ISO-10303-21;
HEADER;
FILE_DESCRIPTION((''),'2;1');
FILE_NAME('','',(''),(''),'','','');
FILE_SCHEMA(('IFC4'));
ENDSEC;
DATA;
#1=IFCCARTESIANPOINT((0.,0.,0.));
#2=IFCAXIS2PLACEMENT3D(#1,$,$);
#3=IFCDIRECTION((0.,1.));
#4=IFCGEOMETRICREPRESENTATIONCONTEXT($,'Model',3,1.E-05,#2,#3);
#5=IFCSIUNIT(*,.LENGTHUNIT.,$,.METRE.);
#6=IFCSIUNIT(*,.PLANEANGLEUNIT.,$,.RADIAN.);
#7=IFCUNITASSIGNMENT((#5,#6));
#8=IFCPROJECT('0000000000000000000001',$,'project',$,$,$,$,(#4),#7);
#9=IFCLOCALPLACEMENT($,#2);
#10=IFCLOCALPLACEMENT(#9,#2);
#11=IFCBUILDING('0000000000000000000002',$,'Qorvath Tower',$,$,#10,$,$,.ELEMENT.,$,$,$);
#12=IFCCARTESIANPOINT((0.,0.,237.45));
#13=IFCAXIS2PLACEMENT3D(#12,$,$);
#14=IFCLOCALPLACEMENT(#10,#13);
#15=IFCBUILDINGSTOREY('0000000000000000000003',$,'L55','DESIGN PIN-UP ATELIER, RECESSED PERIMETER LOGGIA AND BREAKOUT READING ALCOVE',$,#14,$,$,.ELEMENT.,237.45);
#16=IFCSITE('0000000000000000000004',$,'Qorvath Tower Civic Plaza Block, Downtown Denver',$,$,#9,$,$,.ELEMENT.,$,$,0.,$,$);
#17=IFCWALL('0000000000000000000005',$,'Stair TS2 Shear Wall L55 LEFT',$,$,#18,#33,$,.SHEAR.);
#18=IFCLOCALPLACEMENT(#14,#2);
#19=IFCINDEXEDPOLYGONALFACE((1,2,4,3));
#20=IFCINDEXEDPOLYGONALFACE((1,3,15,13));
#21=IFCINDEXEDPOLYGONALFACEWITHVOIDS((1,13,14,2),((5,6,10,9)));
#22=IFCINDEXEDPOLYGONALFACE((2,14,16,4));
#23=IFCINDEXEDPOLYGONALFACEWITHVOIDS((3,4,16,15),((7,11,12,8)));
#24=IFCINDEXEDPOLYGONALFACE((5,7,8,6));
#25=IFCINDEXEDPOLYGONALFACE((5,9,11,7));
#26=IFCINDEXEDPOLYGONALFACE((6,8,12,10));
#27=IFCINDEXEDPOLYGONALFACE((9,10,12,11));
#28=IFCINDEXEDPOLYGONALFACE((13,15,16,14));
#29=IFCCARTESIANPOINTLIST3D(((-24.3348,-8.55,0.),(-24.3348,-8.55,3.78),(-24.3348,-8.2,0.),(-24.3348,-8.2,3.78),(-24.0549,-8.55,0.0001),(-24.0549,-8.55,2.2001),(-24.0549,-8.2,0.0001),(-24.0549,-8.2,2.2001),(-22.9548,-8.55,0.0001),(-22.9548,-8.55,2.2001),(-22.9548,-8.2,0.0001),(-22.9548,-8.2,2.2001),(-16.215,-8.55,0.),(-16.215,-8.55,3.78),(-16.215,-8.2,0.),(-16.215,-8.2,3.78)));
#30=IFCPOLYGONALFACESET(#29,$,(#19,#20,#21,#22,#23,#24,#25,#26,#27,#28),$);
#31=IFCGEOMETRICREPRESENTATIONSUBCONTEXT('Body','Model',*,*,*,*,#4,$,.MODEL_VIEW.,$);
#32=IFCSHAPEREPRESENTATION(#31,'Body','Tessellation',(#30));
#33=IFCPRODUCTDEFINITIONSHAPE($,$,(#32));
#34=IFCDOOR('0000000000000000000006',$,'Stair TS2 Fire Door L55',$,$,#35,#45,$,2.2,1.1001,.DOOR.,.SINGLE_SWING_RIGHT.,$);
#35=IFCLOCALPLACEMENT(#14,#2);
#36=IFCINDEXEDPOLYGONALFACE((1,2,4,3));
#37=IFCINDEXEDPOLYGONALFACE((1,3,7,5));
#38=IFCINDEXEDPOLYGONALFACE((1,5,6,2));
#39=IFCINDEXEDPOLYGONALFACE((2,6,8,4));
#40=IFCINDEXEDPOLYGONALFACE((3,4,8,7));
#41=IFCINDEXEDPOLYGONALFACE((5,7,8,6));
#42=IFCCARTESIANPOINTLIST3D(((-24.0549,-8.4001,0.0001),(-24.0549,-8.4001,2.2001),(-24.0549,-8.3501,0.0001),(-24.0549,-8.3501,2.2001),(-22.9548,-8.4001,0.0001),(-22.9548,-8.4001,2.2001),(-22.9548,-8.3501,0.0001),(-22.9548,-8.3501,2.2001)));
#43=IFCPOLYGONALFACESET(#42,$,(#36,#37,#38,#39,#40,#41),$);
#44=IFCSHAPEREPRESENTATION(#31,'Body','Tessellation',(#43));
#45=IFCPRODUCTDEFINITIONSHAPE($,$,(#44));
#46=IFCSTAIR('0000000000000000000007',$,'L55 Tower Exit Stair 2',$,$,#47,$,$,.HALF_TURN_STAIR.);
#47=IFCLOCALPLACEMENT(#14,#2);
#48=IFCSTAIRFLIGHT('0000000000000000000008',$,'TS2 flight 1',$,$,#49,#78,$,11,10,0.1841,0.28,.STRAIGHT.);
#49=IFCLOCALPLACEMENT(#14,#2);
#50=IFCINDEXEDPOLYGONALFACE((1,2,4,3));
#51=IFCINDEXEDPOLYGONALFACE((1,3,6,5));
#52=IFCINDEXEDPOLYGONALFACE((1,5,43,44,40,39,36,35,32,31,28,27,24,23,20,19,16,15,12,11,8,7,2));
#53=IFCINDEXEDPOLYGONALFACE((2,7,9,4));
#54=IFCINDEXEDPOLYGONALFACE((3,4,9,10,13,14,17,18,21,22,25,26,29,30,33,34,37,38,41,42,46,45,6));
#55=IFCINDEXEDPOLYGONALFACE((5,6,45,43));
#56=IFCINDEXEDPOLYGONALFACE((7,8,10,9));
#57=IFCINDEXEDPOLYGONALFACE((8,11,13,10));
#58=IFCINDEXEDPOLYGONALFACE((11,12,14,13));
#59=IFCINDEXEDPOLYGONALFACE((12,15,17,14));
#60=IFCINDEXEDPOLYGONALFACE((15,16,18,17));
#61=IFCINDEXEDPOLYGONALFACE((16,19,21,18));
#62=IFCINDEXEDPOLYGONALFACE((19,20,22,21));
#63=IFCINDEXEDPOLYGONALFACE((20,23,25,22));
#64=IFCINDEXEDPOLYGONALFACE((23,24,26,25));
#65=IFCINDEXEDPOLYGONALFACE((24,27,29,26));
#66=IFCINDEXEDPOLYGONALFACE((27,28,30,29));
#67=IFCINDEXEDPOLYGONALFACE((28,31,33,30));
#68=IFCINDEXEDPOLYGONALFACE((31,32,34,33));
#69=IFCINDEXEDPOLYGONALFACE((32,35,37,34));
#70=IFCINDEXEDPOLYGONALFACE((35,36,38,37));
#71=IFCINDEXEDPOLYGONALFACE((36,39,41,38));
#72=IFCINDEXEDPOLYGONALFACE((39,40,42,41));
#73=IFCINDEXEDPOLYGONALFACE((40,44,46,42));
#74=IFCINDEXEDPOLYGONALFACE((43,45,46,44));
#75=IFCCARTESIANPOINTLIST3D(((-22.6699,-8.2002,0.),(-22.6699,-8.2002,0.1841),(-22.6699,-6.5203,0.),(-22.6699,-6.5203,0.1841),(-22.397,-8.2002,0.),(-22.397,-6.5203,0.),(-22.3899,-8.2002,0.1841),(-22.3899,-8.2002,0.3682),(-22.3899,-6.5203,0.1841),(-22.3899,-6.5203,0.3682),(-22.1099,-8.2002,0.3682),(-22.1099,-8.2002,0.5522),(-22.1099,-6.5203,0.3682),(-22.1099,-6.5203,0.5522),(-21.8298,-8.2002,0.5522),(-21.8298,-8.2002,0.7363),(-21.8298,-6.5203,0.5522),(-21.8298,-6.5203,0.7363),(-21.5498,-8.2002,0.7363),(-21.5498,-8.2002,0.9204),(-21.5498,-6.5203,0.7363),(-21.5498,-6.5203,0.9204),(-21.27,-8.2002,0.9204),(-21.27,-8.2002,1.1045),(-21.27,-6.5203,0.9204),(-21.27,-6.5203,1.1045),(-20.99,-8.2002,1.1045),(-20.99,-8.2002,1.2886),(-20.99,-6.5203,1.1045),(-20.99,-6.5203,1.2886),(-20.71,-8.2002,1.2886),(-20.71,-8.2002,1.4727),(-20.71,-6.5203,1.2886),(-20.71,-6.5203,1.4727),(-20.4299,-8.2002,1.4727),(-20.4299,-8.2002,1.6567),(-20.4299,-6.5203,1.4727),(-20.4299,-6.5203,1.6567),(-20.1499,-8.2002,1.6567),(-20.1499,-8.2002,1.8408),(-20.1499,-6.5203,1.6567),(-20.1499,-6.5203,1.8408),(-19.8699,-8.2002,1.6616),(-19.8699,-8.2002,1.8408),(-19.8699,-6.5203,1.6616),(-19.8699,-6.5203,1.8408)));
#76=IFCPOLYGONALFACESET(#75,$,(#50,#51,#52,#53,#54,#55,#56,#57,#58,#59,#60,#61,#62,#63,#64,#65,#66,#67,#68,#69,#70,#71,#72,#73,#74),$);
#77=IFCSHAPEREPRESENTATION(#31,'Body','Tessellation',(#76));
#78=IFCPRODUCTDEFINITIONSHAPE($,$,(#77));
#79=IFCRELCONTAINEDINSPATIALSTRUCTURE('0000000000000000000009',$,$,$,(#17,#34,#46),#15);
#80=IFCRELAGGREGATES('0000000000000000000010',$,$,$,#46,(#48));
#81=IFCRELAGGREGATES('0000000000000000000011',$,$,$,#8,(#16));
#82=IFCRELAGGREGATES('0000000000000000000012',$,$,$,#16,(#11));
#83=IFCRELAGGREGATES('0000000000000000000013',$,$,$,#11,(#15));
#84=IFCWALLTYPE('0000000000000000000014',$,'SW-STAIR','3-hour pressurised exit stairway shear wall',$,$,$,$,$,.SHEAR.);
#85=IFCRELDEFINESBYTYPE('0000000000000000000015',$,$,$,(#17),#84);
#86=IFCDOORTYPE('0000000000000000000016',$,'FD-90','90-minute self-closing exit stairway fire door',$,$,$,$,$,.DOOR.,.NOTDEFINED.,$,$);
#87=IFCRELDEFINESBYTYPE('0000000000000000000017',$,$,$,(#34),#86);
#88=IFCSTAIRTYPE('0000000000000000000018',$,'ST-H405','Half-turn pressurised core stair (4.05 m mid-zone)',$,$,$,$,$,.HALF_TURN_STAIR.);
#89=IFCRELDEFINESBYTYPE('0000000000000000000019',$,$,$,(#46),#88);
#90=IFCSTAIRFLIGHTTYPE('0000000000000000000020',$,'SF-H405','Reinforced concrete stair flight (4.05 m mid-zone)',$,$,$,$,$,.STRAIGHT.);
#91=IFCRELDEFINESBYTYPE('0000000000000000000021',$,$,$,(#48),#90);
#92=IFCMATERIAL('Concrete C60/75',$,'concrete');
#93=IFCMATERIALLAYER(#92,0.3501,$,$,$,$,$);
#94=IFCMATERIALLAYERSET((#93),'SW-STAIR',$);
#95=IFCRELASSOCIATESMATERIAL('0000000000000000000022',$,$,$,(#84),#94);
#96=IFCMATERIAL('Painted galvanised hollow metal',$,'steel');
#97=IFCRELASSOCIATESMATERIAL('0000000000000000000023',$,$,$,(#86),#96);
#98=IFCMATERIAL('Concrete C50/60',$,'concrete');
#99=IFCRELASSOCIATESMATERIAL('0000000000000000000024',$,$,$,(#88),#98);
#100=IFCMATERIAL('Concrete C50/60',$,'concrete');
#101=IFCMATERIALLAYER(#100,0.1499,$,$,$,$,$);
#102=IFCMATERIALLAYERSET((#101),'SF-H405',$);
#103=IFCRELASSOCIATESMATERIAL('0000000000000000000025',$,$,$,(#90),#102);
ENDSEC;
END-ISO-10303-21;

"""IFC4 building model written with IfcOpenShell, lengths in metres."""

from ifc_helpers import new_model, si_unit, direction, frame, frame_2d, origin, place, context, subcontext, project, spatial, polyline, rectangle, outline, extrude, material, layer, layer_set, type_object, element, fill, aggregate, save


model = new_model("IFC4")

# Units and contexts
model_context = context("Model", 3, precision=1e-05, world=origin(), true_north=direction((0.0, 1.0)))
body_context = subcontext(model_context, "Body", "Model", "MODEL_VIEW")
ifc_project = project(units=[si_unit("LENGTHUNIT", "METRE"), si_unit("PLANEANGLEUNIT", "RADIAN")], contexts=[model_context])

# Site, building, storey
site_placement = place(None, origin())
site = spatial("IfcSite", under=ifc_project, at=site_placement, Name="Qorvath Tower Civic Plaza Block, Downtown Denver", CompositionType="ELEMENT", RefElevation=0.0)
building_placement = place(site_placement, origin())
building = spatial("IfcBuilding", under=site, at=building_placement, Name="Qorvath Tower", CompositionType="ELEMENT")
storey_placement = place(building_placement, frame((0.0, 0.0, 237.45)))
storey = spatial("IfcBuildingStorey", under=building, at=storey_placement, Name="L55", Description="DESIGN PIN-UP ATELIER, RECESSED PERIMETER LOGGIA AND BREAKOUT READING ALCOVE", CompositionType="ELEMENT", Elevation=237.45)

# Shared definitions
ifc_material_1 = material(Name="Concrete C60/75", Category="concrete")
ifc_layer_1 = layer(ifc_material_1, 0.3501)
ifc_layer_set_1 = layer_set([ifc_layer_1], Name="SW-STAIR")
wall_type_1 = type_object("IfcWallType", Name="SW-STAIR", Description="3-hour pressurised exit stairway shear wall", PredefinedType="SHEAR", material=ifc_layer_set_1)

# Wall, opening, door
wall_1_placement = place(storey_placement, frame((-24.335, -8.375, 0.0), z_axis=(0.0, 0.0, 1.0), x_axis=(1.0, 0.0, 0.0)))
wall_1 = element("IfcWall", 1, at=wall_1_placement, inside=storey, type_object=wall_type_1, Name="Stair TS2 Shear Wall L55 LEFT", PredefinedType="SHEAR", context=body_context, shape_type="SweptSolid", body=[
    extrude(rectangle(XDim=8.1199, YDim=0.3501, at=frame_2d((4.0601, 0.0))), origin(), (0.0, 0.0, 1.0), 3.78),
])
opening_1_placement = place(wall_1_placement, frame((0.28, 0.0, 0.0)))
opening_1 = element("IfcOpeningElement", 2, at=opening_1_placement, cuts=wall_1, PredefinedType="OPENING", context=body_context, shape_type="SweptSolid", body=[
    extrude(rectangle(XDim=1.1001, YDim=2.2, at=frame_2d((0.55, 1.1001))), frame((0.0, 0.1851, 0.0), z_axis=(0.0, -1.0, 0.0), x_axis=(1.0, 0.0, 0.0)), (0.0, 0.0, 1.0), 0.3701),
])
ifc_material_2 = material(Name="Painted galvanised hollow metal", Category="steel")
door_type_1 = type_object("IfcDoorType", Name="FD-90", Description="90-minute self-closing exit stairway fire door", OperationType="NOTDEFINED", PredefinedType="DOOR", material=ifc_material_2)
door_1_placement = place(opening_1_placement, origin())
door_1 = element("IfcDoor", 3, at=door_1_placement, inside=storey, type_object=door_type_1, Name="Stair TS2 Fire Door L55", OperationType="SINGLE_SWING_RIGHT", OverallHeight=2.2, OverallWidth=1.1001, PredefinedType="DOOR", context=body_context, shape_type="SweptSolid", body=[
    extrude(rectangle(XDim=1.1001, YDim=2.2, at=frame_2d((0.55, 1.1001))), frame((0.0, 0.0249, 0.0), z_axis=(0.0, -1.0, 0.0), x_axis=(1.0, 0.0, 0.0)), (0.0, 0.0, 1.0), 0.05),
])
fill(opening_1, door_1)

# Stair, stair flight
ifc_material_3 = material(Name="Concrete C50/60", Category="concrete")
stair_type = type_object("IfcStairType", Name="ST-H405", Description="Half-turn pressurised core stair (4.05 m mid-zone)", PredefinedType="HALF_TURN_STAIR", material=ifc_material_3)
stair_placement = place(storey_placement, origin())
stair = element("IfcStair", 4, at=stair_placement, inside=storey, type_object=stair_type, Name="L55 Tower Exit Stair 2", PredefinedType="HALF_TURN_STAIR")
ifc_material_4 = material(Name="Concrete C50/60", Category="concrete")
ifc_layer_2 = layer(ifc_material_4, 0.1499)
ifc_layer_set_2 = layer_set([ifc_layer_2], Name="SF-H405")
stair_flight_type = type_object("IfcStairFlightType", Name="SF-H405", Description="Reinforced concrete stair flight (4.05 m mid-zone)", PredefinedType="STRAIGHT", material=ifc_layer_set_2)
stair_flight_placement = place(storey_placement, frame((-22.6699, -7.3601, 0.0), z_axis=(0.0, 0.0, 1.0), x_axis=(1.0, 0.0, 0.0)))
stair_flight = element("IfcStairFlight", 5, at=stair_flight_placement, type_object=stair_flight_type, Name="TS2 flight 1", NumberOfRisers=11, NumberOfTreads=10, PredefinedType="STRAIGHT", RiserHeight=0.1841, TreadLength=0.28, context=body_context, shape_type="SweptSolid", body=[
    extrude(outline(polyline([(0.0, 0.0), (0.0, 0.1841), (0.28, 0.1841), (0.28, 0.3682), (0.5601, 0.3682), (0.5601, 0.5522), (0.8401, 0.5522), (0.8401, 0.7363), (1.1201, 0.7363), (1.1201, 0.9204), (1.3999, 0.9204), (1.3999, 1.1045), (1.6799, 1.1045), (1.6799, 1.2886), (1.96, 1.2886), (1.96, 1.4727), (2.24, 1.4727), (2.24, 1.6567), (2.52, 1.6567), (2.52, 1.8408), (2.8, 1.8408), (2.8, 2.0249), (2.8, 1.6616), (0.2729, 0.0), (0.0, 0.0)])), frame((0.0, 0.8398, 0.0), z_axis=(0.0, -1.0, 0.0), x_axis=(1.0, 0.0, 0.0)), (0.0, 0.0, 1.0), 1.6799),
])
aggregate(stair, [stair_flight])

save(model, "model.ifc")
